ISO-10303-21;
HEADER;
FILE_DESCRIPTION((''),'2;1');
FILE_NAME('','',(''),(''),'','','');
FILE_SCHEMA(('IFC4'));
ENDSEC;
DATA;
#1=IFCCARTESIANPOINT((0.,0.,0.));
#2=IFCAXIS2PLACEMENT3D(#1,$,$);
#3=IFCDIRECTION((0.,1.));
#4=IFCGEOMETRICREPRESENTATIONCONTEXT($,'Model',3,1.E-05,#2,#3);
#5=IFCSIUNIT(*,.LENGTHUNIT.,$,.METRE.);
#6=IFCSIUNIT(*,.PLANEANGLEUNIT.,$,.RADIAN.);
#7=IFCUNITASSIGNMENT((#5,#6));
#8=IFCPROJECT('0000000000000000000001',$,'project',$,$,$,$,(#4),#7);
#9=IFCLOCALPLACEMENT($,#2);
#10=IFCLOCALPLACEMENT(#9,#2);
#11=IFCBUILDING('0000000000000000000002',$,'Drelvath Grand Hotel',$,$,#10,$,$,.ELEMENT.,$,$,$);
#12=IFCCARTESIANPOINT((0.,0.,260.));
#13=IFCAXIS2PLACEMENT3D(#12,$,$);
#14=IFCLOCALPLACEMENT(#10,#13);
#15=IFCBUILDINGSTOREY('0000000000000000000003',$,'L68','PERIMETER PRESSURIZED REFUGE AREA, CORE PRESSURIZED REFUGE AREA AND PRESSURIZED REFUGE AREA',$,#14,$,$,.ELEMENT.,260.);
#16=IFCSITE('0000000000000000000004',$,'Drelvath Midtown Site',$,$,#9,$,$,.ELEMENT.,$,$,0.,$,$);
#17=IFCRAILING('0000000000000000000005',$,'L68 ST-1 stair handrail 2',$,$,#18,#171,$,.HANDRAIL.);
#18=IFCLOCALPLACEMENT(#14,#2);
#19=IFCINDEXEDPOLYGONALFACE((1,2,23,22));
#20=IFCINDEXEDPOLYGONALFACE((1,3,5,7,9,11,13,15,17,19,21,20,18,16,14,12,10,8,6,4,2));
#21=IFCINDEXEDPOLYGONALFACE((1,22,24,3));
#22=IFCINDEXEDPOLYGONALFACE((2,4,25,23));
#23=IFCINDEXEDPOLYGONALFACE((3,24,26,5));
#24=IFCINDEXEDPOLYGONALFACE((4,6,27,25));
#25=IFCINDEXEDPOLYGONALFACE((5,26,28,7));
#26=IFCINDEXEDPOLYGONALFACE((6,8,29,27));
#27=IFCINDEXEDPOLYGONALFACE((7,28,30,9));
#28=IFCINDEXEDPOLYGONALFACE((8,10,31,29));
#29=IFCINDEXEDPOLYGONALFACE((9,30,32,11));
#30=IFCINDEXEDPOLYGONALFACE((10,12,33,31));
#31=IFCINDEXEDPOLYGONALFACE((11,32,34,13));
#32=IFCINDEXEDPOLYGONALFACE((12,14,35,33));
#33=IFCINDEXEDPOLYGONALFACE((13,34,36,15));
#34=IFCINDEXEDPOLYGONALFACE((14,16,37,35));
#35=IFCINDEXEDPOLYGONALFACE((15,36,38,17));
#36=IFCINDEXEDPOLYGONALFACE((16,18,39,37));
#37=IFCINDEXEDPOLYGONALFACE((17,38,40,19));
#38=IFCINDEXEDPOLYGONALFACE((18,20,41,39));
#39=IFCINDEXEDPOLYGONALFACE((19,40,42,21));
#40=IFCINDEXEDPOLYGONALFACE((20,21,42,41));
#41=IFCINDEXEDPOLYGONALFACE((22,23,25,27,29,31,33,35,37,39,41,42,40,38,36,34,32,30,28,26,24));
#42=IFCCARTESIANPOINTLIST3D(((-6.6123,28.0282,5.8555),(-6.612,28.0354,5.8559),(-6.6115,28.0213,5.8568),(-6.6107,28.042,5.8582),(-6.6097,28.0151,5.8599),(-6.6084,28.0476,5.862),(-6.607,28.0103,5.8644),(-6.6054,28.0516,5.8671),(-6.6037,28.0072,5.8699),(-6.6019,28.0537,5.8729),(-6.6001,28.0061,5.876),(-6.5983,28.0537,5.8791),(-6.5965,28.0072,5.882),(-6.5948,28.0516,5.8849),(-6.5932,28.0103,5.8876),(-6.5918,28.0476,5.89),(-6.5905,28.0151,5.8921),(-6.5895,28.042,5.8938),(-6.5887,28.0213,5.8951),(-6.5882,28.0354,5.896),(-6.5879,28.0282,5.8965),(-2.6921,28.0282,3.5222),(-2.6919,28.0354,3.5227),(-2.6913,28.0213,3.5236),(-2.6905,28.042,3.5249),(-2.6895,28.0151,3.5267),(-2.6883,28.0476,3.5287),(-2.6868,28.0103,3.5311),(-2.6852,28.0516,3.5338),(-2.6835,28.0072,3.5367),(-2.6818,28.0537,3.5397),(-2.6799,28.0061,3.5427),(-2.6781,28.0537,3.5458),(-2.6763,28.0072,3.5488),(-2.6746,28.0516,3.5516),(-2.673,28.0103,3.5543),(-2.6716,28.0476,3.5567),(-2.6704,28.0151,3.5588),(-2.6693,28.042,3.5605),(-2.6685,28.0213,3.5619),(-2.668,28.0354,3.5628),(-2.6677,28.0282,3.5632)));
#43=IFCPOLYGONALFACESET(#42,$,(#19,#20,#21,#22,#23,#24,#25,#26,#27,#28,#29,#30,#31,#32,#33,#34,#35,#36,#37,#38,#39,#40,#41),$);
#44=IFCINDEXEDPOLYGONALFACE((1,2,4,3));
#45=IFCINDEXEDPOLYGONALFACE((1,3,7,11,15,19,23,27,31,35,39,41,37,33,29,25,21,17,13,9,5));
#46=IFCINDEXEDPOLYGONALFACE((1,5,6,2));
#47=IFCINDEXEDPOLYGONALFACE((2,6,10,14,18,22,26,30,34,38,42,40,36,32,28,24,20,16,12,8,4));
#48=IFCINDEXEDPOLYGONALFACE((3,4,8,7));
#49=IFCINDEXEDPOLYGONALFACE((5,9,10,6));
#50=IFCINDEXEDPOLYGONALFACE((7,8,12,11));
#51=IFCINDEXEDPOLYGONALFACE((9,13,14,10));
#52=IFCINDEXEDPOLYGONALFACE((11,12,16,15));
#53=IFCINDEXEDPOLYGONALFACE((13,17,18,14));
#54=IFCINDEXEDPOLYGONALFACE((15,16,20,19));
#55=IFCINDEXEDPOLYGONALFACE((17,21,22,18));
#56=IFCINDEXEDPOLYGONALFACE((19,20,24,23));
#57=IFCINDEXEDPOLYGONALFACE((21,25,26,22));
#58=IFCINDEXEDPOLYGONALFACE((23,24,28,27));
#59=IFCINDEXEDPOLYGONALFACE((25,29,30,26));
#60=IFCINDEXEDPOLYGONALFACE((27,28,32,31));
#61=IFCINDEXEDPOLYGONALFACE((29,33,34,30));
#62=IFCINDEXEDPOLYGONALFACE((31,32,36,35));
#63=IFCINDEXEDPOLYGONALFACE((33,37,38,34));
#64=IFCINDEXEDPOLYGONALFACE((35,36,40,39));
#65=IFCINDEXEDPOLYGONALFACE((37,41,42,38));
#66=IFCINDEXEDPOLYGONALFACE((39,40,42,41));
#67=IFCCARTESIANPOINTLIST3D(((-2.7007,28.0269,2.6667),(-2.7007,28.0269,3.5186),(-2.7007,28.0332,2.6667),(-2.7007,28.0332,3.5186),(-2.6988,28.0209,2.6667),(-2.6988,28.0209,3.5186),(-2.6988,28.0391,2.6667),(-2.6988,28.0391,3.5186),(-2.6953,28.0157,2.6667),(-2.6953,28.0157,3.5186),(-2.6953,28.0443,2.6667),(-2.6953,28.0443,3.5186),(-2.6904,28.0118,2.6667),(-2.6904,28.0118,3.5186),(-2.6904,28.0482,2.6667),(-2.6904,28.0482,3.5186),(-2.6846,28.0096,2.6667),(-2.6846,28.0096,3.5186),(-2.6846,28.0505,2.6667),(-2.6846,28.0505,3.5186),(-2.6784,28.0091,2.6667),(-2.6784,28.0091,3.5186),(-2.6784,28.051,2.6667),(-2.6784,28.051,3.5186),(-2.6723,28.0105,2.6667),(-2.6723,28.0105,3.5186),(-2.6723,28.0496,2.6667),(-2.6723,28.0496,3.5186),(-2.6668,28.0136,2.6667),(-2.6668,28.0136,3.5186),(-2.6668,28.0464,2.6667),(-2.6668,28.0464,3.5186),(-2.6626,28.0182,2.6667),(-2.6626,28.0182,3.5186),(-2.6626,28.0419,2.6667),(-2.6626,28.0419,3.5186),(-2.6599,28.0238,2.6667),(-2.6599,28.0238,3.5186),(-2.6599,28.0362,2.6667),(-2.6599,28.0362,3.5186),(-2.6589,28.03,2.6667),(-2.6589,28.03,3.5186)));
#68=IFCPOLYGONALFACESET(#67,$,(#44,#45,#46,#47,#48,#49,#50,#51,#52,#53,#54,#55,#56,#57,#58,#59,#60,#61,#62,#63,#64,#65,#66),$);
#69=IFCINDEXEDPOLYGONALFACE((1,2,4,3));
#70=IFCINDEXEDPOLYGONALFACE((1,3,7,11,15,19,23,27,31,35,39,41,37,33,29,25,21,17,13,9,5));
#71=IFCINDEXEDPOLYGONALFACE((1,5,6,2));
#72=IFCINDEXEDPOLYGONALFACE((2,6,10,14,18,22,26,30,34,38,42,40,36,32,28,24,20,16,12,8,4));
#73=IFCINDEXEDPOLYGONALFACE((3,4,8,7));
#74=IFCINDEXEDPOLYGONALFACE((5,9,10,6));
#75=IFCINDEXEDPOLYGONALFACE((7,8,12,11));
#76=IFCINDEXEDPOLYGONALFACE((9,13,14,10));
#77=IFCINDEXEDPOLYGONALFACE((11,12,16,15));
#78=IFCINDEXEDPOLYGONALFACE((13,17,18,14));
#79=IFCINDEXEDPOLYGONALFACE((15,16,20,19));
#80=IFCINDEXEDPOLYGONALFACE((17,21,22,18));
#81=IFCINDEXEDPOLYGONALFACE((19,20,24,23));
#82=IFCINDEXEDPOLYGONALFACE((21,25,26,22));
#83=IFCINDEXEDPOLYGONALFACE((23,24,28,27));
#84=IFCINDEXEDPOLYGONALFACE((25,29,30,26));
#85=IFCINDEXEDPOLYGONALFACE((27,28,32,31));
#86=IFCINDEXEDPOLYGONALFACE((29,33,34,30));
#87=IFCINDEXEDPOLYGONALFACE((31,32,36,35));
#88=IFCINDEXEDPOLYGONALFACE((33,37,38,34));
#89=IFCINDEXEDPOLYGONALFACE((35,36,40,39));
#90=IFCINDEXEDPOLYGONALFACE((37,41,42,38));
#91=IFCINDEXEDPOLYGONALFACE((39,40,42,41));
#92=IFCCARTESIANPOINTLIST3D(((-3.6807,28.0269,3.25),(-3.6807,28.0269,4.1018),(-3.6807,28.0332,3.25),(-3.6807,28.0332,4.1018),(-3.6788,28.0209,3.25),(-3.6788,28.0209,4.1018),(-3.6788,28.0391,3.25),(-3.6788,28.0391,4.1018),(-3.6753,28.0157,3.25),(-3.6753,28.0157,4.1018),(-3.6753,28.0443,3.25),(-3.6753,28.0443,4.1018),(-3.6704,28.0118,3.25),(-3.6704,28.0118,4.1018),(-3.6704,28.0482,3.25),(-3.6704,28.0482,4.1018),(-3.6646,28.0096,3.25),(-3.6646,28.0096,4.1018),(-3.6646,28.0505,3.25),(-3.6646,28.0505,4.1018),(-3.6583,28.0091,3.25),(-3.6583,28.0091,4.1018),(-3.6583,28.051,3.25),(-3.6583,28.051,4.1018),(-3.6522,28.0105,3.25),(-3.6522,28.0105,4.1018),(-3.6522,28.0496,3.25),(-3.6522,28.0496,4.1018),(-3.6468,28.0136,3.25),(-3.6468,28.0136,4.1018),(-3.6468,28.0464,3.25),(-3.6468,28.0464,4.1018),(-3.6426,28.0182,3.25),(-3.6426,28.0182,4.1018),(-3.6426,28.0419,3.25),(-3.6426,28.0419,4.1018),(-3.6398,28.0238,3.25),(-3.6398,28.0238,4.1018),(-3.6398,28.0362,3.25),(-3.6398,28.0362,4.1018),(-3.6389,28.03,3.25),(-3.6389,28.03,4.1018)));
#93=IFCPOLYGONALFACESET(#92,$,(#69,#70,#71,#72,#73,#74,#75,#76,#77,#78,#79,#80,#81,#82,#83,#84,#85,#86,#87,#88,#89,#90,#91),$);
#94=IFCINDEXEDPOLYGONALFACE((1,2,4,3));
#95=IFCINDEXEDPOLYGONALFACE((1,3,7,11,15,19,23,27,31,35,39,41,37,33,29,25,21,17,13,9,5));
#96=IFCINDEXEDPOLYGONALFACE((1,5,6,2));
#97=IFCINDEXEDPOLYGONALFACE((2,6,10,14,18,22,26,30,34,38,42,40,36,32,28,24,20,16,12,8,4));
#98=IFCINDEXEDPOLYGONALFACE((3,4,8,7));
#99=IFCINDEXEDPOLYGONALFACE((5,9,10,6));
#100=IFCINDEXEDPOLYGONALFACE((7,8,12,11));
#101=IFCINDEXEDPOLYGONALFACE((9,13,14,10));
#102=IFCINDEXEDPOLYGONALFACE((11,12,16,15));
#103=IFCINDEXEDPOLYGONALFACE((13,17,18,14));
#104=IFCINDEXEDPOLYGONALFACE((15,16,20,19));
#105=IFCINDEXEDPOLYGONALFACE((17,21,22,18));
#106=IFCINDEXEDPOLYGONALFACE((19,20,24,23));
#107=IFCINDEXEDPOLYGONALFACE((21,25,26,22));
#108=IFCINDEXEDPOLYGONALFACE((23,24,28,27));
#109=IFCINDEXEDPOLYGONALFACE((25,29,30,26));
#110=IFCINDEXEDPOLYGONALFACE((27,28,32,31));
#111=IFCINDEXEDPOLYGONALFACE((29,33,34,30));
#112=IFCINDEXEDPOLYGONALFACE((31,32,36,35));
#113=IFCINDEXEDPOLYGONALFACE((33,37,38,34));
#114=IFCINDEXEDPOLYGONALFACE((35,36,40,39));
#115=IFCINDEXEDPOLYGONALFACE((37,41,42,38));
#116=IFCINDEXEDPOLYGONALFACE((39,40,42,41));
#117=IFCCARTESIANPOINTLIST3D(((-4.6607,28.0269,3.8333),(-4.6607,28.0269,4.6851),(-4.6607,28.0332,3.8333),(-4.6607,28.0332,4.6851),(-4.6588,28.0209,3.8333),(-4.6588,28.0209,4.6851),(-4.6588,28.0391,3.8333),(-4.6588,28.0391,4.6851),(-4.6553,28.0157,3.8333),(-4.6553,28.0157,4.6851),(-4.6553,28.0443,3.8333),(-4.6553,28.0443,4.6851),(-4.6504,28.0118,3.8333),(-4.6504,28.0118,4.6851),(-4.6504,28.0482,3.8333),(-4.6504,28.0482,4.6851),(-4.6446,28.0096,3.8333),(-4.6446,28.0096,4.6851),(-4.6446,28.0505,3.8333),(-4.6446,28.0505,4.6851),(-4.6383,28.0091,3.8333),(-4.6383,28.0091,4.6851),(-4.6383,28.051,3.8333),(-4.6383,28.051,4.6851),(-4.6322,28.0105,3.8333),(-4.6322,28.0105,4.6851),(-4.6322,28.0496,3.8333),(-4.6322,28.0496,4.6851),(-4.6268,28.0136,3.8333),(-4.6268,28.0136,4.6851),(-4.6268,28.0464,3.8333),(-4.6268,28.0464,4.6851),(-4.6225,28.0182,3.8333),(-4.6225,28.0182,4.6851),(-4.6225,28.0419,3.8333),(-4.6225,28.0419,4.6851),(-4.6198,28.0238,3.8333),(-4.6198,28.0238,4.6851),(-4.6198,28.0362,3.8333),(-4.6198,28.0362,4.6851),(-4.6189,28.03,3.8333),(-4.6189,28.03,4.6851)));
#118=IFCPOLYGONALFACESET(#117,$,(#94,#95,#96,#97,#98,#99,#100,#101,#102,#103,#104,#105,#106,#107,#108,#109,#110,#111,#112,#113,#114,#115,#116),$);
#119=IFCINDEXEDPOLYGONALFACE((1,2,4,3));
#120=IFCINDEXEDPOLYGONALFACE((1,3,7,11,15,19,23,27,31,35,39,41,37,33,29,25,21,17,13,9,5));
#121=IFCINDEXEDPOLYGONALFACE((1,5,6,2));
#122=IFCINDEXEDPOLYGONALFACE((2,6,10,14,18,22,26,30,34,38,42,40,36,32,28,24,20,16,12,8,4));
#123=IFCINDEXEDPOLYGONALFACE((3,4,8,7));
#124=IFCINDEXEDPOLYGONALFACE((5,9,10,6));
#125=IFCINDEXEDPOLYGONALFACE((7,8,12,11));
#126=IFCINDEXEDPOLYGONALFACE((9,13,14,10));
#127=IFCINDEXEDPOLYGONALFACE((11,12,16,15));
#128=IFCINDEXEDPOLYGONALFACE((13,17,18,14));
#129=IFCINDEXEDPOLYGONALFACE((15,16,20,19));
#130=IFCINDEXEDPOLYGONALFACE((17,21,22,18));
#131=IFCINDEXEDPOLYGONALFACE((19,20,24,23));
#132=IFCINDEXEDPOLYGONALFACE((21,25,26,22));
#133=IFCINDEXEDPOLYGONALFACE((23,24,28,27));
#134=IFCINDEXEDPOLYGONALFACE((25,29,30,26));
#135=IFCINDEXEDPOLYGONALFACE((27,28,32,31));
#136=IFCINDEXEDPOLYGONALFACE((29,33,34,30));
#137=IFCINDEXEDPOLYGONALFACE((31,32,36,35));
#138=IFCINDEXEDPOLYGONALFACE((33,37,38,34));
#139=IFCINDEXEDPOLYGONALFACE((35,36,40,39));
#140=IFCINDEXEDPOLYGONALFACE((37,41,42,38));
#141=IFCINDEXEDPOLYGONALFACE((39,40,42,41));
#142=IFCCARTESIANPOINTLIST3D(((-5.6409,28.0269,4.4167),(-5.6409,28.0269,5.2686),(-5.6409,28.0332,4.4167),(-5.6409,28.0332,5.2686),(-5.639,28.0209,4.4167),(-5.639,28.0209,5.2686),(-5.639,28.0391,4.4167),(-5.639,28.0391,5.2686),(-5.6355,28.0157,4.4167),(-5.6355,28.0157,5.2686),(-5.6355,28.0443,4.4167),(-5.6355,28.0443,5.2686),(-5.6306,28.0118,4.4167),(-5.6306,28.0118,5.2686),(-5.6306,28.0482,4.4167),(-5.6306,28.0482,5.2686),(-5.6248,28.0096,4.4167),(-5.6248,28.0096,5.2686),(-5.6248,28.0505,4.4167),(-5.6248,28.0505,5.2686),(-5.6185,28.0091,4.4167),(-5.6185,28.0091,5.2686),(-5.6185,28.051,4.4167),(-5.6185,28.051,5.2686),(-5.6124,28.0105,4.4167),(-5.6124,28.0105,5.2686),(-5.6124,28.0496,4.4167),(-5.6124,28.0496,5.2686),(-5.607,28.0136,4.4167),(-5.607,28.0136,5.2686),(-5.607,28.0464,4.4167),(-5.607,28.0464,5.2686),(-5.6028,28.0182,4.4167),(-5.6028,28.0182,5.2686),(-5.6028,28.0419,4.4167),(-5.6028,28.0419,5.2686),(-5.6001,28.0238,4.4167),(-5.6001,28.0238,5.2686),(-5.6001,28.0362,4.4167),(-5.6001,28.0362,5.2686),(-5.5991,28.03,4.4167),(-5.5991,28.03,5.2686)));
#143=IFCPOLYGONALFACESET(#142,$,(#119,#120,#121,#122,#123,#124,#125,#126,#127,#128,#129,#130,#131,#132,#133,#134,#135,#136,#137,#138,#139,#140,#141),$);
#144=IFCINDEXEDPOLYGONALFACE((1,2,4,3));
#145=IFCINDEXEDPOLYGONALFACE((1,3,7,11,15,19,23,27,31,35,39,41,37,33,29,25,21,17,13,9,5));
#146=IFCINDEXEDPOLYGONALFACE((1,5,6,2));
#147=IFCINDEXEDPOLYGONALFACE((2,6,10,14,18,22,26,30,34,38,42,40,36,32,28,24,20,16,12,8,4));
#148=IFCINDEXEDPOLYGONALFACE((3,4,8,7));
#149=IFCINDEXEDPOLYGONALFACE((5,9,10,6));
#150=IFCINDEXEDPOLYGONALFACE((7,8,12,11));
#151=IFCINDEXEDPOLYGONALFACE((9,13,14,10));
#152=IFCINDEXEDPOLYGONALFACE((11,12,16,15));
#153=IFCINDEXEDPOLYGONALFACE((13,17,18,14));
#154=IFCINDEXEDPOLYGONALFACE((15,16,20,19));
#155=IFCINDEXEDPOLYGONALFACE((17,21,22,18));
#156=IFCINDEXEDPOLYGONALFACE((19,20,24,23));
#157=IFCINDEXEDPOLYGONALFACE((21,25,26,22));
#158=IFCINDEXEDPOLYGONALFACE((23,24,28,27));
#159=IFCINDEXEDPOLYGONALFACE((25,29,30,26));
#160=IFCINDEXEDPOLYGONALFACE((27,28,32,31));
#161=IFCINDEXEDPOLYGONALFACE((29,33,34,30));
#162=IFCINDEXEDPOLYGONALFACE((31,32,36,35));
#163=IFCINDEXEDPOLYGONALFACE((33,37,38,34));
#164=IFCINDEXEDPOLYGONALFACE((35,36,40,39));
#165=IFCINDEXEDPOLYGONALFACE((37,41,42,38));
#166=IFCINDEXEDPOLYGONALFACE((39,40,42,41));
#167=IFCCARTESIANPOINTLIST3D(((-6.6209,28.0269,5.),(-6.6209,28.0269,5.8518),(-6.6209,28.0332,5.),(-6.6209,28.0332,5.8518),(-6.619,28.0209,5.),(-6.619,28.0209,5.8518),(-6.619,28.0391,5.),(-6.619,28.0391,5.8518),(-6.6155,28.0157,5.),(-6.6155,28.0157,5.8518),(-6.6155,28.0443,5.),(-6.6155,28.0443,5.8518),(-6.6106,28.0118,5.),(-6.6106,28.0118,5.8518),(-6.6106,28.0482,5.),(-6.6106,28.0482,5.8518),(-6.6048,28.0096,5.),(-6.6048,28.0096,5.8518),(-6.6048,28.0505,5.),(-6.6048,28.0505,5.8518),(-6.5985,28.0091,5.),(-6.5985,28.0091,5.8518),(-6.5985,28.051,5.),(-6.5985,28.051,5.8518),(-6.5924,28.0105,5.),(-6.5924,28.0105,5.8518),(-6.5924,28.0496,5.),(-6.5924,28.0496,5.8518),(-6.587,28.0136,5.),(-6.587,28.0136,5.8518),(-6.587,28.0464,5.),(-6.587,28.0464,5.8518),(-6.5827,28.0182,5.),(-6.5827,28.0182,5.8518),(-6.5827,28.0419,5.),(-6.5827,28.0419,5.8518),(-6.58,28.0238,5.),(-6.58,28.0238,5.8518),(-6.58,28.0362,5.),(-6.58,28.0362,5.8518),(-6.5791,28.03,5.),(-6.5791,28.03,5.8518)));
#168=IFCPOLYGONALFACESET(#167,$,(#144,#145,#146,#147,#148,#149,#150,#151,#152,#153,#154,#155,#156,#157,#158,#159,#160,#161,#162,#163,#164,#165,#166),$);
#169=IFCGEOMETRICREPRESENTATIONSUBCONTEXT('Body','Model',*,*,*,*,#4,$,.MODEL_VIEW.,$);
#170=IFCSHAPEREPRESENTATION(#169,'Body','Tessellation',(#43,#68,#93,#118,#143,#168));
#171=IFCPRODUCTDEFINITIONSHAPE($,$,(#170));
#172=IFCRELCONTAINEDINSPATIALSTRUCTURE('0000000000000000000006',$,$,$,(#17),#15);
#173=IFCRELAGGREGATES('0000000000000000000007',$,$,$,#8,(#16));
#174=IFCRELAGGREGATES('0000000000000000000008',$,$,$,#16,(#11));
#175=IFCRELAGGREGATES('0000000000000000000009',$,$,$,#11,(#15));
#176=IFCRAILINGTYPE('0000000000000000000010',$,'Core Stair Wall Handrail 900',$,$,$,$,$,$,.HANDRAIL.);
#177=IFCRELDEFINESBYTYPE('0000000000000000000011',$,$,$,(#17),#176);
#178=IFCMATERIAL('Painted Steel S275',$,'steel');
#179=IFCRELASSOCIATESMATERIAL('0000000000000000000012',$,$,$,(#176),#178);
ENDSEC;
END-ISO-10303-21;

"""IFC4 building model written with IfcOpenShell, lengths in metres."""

from ifc_helpers import new_model, si_unit, direction, frame, origin, origin_2d, place, context, subcontext, project, spatial, circle, extrude, material, type_object, element, save


model = new_model("IFC4")

# Units and contexts
model_context = context("Model", 3, precision=1e-05, world=origin(), true_north=direction((0.0, 1.0)))
body_context = subcontext(model_context, "Body", "Model", "MODEL_VIEW")
ifc_project = project(units=[si_unit("LENGTHUNIT", "METRE"), si_unit("PLANEANGLEUNIT", "RADIAN")], contexts=[model_context])

# Site, building, storey
site_placement = place(None, origin())
site = spatial("IfcSite", under=ifc_project, at=site_placement, Name="Drelvath Midtown Site", CompositionType="ELEMENT", RefElevation=0.0)
building_placement = place(site_placement, origin())
building = spatial("IfcBuilding", under=site, at=building_placement, Name="Drelvath Grand Hotel", CompositionType="ELEMENT")
storey_placement = place(building_placement, frame((0.0, 0.0, 260.0)))
storey = spatial("IfcBuildingStorey", under=building, at=storey_placement, Name="L68", Description="PERIMETER PRESSURIZED REFUGE AREA, CORE PRESSURIZED REFUGE AREA AND PRESSURIZED REFUGE AREA", CompositionType="ELEMENT", Elevation=260.0)

# Shared definitions
ifc_material_1 = material(Name="Painted Steel S275", Category="steel")

# Railing
railing_type_1 = type_object("IfcRailingType", Name="Core Stair Wall Handrail 900", PredefinedType="HANDRAIL", material=ifc_material_1)
railing_1_placement = place(storey_placement, frame((-2.6799, 28.03, 2.6667)))
element("IfcRailing", 1, at=railing_1_placement, inside=storey, type_object=railing_type_1, Name="L68 ST-1 stair handrail 2", PredefinedType="HANDRAIL", context=body_context, shape_type="SweptSolid", body=[
    extrude(circle(Radius=0.0239, at=origin_2d()), frame((0.0, 0.0, 0.876), z_axis=(-0.85931, 0.0, 0.511455), x_axis=(0.0, -1.0, 0.0)), (0.0, 0.0, 1.0), 4.562),
    extrude(circle(Radius=0.021, at=origin_2d()), origin(), (0.0, 0.0, 1.0), 0.8518),
    extrude(circle(Radius=0.021, at=origin_2d()), frame((-0.98, 0.0, 0.5833)), (0.0, 0.0, 1.0), 0.8518),
    extrude(circle(Radius=0.021, at=origin_2d()), frame((-1.96, 0.0, 1.1665)), (0.0, 0.0, 1.0), 0.8518),
    extrude(circle(Radius=0.021, at=origin_2d()), frame((-2.9402, 0.0, 1.75)), (0.0, 0.0, 1.0), 0.8518),
    extrude(circle(Radius=0.021, at=origin_2d()), frame((-3.9202, 0.0, 2.3333)), (0.0, 0.0, 1.0), 0.8518),
])

save(model, "model.ifc")
